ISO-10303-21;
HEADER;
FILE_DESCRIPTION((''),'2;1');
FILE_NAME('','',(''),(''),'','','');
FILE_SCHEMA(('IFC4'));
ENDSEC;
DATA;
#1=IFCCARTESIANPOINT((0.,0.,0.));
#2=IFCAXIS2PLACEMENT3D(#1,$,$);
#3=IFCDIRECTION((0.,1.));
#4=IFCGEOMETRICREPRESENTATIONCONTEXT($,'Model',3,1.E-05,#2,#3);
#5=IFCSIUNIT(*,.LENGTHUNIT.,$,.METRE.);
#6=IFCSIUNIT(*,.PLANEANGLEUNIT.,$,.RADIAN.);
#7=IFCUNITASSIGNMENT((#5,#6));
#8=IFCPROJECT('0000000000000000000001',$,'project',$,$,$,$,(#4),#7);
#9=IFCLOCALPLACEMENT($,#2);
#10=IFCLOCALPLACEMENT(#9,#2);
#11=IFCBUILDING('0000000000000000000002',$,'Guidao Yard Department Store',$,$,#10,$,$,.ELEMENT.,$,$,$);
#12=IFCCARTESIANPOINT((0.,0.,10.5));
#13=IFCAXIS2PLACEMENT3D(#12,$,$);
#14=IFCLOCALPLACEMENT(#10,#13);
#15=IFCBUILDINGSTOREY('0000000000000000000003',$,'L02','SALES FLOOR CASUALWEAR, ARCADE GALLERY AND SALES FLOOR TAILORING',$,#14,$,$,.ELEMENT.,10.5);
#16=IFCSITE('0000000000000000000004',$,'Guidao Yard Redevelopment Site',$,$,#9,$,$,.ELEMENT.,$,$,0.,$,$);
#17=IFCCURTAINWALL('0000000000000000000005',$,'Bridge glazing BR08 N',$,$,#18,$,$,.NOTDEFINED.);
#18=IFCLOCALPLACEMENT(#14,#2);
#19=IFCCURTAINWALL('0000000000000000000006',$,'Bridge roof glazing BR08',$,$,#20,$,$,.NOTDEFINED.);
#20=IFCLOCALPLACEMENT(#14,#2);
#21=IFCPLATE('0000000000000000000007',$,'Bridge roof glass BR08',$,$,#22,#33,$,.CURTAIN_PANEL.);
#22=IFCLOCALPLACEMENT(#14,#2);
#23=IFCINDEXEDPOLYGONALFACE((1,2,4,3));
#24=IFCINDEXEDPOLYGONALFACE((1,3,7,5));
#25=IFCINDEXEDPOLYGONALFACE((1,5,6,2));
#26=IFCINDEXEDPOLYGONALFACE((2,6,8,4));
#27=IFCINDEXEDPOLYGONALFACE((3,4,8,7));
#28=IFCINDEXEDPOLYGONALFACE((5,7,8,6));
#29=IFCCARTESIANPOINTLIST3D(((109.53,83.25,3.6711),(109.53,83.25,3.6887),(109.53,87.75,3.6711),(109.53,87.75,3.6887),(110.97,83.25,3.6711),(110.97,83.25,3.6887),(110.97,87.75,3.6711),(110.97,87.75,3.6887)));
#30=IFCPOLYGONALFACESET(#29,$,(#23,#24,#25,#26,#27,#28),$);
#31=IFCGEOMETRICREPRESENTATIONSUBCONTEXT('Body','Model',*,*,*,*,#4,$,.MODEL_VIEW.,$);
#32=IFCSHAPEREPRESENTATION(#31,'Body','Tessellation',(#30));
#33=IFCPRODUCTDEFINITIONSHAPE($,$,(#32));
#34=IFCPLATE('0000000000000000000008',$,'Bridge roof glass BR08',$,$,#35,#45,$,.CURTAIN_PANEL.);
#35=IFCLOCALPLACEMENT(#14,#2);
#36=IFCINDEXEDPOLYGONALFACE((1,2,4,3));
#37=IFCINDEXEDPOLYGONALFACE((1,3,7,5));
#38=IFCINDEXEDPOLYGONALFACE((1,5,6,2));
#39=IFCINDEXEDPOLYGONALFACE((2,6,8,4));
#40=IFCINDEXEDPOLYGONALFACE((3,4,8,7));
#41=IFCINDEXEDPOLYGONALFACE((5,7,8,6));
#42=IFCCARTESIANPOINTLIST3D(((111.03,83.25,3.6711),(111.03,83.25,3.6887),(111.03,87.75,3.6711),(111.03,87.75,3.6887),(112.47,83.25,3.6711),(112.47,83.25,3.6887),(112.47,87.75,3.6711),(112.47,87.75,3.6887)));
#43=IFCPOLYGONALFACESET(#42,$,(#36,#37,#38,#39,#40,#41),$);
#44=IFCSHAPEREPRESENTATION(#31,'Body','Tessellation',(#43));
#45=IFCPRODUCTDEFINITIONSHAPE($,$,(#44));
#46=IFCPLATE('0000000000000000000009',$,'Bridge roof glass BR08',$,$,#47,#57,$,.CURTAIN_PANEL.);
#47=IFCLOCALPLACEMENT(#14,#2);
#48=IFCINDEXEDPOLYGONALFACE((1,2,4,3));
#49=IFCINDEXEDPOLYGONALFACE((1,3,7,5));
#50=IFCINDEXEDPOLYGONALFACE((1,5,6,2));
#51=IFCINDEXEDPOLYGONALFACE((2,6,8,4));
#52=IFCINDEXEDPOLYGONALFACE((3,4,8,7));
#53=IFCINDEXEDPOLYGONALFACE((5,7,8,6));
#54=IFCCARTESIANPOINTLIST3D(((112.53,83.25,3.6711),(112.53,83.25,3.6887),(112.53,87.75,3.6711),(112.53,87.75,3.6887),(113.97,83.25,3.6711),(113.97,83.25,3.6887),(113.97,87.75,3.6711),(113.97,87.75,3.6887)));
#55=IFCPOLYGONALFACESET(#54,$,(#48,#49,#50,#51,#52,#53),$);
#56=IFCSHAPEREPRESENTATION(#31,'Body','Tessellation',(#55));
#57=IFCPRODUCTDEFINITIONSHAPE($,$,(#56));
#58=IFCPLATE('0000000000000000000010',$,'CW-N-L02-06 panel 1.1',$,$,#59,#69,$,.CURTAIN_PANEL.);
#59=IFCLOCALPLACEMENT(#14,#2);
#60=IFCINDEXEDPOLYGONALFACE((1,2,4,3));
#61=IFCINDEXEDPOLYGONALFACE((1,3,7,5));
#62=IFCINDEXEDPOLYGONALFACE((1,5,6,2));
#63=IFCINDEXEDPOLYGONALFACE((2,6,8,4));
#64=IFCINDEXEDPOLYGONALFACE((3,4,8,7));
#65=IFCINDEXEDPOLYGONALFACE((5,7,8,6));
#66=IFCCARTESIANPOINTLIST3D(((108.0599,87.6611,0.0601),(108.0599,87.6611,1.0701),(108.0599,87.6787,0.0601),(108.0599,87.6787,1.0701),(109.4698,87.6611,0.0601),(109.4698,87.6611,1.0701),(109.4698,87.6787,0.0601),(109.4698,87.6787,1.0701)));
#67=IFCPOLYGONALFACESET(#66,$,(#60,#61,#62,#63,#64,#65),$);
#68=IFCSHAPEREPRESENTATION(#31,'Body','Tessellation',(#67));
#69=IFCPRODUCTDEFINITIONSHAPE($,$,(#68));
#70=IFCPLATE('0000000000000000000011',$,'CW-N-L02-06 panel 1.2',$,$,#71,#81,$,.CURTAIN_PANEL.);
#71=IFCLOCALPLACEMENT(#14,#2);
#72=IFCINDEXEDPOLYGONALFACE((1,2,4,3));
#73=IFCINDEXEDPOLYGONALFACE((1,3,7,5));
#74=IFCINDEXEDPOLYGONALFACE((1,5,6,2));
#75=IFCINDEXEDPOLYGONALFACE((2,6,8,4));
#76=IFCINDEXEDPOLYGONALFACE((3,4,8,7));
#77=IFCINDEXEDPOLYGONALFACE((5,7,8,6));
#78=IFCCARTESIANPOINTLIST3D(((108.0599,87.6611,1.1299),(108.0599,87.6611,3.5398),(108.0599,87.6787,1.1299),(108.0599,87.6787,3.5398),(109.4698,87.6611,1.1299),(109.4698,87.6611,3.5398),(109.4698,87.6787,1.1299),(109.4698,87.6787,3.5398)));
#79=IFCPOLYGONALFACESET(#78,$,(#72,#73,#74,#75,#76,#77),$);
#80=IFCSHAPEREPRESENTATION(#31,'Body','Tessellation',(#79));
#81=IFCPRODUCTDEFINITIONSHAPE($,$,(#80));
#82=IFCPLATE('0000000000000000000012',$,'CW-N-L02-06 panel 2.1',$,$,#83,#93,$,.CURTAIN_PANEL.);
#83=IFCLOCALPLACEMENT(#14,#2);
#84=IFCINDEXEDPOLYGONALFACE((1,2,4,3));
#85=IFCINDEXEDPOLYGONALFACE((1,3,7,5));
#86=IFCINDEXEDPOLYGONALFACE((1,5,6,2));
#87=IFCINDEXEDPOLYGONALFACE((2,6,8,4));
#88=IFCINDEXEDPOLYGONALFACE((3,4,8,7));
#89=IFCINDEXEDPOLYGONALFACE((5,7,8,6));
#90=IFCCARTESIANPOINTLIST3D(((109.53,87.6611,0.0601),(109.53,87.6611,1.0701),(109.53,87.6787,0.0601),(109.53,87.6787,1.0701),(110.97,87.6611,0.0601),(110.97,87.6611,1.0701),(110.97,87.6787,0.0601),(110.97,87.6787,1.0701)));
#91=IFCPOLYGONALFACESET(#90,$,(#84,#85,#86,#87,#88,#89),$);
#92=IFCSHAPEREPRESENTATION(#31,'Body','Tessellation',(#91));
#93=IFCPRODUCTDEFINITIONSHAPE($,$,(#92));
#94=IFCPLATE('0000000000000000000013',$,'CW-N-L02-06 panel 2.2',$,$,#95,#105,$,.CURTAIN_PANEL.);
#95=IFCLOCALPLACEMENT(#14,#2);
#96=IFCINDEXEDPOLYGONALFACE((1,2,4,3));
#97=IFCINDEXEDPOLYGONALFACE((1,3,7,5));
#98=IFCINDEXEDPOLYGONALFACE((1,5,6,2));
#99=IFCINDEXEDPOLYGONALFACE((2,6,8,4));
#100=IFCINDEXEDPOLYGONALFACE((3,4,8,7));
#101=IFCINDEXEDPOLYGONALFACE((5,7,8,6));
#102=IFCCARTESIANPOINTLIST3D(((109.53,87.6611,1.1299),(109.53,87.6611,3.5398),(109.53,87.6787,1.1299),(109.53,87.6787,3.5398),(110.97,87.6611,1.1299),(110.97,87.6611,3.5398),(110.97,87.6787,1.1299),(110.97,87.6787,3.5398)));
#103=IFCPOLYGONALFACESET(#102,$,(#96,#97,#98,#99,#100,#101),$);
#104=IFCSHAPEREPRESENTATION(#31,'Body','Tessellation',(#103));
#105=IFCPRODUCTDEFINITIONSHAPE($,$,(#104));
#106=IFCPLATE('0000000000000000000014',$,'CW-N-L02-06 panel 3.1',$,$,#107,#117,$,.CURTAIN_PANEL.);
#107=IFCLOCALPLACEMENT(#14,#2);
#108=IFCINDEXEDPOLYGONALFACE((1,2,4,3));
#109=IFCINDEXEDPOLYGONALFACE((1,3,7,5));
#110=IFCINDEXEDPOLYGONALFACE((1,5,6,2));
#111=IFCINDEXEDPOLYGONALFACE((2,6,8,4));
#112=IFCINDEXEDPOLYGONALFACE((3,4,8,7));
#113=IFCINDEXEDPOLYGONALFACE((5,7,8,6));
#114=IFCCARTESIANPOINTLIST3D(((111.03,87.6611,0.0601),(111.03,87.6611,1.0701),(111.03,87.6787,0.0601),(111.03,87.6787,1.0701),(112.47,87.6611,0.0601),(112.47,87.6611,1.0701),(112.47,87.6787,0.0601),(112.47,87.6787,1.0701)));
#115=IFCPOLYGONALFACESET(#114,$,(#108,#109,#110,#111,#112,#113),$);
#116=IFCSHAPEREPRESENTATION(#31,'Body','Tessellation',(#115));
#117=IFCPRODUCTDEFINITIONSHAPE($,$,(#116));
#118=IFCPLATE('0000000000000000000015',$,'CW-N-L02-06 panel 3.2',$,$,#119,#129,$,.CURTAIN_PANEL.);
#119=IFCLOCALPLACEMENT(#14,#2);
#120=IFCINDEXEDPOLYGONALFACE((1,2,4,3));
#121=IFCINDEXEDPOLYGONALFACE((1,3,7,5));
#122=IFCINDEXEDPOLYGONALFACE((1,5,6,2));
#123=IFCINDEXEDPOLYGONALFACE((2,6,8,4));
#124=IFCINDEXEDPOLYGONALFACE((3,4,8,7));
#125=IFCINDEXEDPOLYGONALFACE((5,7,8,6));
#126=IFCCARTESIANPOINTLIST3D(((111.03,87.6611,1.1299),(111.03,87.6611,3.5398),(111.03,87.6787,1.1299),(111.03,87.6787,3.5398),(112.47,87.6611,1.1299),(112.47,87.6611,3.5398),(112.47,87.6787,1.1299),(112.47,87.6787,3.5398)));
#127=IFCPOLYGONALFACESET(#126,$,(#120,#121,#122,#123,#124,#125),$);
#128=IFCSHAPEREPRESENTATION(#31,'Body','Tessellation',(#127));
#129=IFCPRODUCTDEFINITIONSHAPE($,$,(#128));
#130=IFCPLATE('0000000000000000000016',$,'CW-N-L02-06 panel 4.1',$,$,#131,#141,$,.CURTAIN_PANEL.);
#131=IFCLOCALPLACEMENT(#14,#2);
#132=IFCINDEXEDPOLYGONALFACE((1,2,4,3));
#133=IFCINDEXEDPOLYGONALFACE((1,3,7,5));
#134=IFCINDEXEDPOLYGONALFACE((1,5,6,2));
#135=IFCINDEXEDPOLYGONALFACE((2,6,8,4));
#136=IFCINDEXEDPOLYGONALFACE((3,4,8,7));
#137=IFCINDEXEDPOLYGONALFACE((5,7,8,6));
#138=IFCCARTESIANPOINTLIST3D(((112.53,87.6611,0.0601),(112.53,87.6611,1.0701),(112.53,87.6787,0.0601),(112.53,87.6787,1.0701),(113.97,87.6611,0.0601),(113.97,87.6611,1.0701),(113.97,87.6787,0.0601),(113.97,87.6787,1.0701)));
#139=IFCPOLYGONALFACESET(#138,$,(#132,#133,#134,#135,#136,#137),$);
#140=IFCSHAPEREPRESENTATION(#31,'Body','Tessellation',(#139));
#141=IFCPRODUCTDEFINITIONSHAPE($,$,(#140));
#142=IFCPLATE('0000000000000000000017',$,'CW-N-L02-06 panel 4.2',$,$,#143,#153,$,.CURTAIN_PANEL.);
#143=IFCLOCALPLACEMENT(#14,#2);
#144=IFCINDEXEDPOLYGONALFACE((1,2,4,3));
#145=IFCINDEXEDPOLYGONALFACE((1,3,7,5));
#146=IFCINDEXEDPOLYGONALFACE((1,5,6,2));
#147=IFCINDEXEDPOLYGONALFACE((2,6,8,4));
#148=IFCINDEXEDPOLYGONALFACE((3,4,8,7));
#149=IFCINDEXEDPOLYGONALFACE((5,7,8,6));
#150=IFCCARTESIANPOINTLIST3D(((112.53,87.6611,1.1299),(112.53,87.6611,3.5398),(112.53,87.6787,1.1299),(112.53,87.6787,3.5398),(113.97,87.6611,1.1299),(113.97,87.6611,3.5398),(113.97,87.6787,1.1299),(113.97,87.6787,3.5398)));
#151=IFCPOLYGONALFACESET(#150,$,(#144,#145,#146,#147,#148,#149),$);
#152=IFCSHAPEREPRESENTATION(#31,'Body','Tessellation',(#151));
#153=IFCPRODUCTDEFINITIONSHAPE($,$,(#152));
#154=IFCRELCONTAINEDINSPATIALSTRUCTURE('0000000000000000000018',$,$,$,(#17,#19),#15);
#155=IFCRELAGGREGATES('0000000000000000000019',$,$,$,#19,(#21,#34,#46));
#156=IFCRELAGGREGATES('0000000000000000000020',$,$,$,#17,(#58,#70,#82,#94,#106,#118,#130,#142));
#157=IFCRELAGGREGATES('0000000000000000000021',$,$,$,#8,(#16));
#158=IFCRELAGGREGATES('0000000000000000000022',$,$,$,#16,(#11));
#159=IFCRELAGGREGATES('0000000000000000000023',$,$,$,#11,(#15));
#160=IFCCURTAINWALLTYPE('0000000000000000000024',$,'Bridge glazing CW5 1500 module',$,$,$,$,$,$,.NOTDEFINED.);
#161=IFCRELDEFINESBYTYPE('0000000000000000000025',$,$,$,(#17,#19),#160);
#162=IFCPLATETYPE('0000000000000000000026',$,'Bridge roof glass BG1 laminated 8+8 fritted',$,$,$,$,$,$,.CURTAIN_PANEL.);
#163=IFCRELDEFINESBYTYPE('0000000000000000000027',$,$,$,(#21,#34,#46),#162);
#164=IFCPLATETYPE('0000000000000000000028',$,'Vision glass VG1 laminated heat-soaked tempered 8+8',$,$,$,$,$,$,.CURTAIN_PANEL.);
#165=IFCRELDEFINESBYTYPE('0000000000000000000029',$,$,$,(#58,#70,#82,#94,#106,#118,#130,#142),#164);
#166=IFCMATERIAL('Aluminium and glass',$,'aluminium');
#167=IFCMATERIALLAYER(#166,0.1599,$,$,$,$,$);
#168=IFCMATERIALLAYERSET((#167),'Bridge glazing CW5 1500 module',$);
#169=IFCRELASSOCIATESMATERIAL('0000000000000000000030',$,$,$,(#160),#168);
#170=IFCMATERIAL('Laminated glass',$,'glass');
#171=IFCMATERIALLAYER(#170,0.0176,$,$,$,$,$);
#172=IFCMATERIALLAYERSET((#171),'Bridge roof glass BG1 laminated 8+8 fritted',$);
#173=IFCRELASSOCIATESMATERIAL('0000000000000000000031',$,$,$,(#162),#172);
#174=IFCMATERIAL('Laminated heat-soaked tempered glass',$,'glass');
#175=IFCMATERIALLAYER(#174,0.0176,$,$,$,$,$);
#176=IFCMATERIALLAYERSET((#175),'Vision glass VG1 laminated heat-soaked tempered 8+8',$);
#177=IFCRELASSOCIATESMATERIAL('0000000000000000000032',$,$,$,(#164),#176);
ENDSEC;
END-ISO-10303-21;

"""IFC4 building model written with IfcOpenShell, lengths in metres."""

from ifc_helpers import new_model, si_unit, direction, frame, origin, origin_2d, place, context, subcontext, project, spatial, rectangle, extrude, material, layer, layer_set, type_object, element, aggregate, save


model = new_model("IFC4")

# Units and contexts
model_context = context("Model", 3, precision=1e-05, world=origin(), true_north=direction((0.0, 1.0)))
body_context = subcontext(model_context, "Body", "Model", "MODEL_VIEW")
ifc_project = project(units=[si_unit("LENGTHUNIT", "METRE"), si_unit("PLANEANGLEUNIT", "RADIAN")], contexts=[model_context])

# Site, building, storey
site_placement = place(None, origin())
site = spatial("IfcSite", under=ifc_project, at=site_placement, Name="Guidao Yard Redevelopment Site", CompositionType="ELEMENT", RefElevation=0.0)
building_placement = place(site_placement, origin())
building = spatial("IfcBuilding", under=site, at=building_placement, Name="Guidao Yard Department Store", CompositionType="ELEMENT")
storey_placement = place(building_placement, frame((0.0, 0.0, 10.5)))
storey = spatial("IfcBuildingStorey", under=building, at=storey_placement, Name="L02", Description="SALES FLOOR CASUALWEAR, ARCADE GALLERY AND SALES FLOOR TAILORING", CompositionType="ELEMENT", Elevation=10.5)

# Curtain wall
ifc_material_1 = material(Name="Aluminium and glass", Category="aluminium")
ifc_layer_1 = layer(ifc_material_1, 0.1599)
ifc_layer_set_1 = layer_set([ifc_layer_1], Name="Bridge glazing CW5 1500 module")
curtain_wall_type = type_object("IfcCurtainWallType", Name="Bridge glazing CW5 1500 module", PredefinedType="NOTDEFINED", material=ifc_layer_set_1)
curtain_wall_1_placement = place(storey_placement, origin())
curtain_wall_1 = element("IfcCurtainWall", 1, at=curtain_wall_1_placement, inside=storey, type_object=curtain_wall_type, Name="Bridge glazing BR08 N", PredefinedType="NOTDEFINED")

# Curtain wall, plates
curtain_wall_2_placement = place(storey_placement, origin())
curtain_wall_2 = element("IfcCurtainWall", 2, at=curtain_wall_2_placement, inside=storey, type_object=curtain_wall_type, Name="Bridge roof glazing BR08", PredefinedType="NOTDEFINED")
ifc_material_2 = material(Name="Laminated glass", Category="glass")
ifc_layer_2 = layer(ifc_material_2, 0.0176)
ifc_layer_set_2 = layer_set([ifc_layer_2], Name="Bridge roof glass BG1 laminated 8+8 fritted")
plate_type_1 = type_object("IfcPlateType", Name="Bridge roof glass BG1 laminated 8+8 fritted", PredefinedType="CURTAIN_PANEL", material=ifc_layer_set_2)
plate_1_placement = place(storey_placement, frame((110.25, 85.5, 3.6711), z_axis=(0.0, 0.0, 1.0), x_axis=(1.0, 0.0, 0.0)))
plate_1 = element("IfcPlate", 3, at=plate_1_placement, type_object=plate_type_1, Name="Bridge roof glass BR08", PredefinedType="CURTAIN_PANEL", context=body_context, shape_type="SweptSolid", body=[
    extrude(rectangle(XDim=1.4399, YDim=4.5, at=origin_2d()), origin(), (0.0, 0.0, 1.0), 0.0176),
])
plate_2_placement = place(storey_placement, frame((111.75, 85.5, 3.6711), z_axis=(0.0, 0.0, 1.0), x_axis=(1.0, 0.0, 0.0)))
plate_2 = element("IfcPlate", 4, at=plate_2_placement, type_object=plate_type_1, Name="Bridge roof glass BR08", PredefinedType="CURTAIN_PANEL", context=body_context, shape_type="SweptSolid", body=[
    extrude(rectangle(XDim=1.4399, YDim=4.5, at=origin_2d()), origin(), (0.0, 0.0, 1.0), 0.0176),
])
plate_3_placement = place(storey_placement, frame((113.25, 85.5, 3.6711), z_axis=(0.0, 0.0, 1.0), x_axis=(1.0, 0.0, 0.0)))
plate_3 = element("IfcPlate", 5, at=plate_3_placement, type_object=plate_type_1, Name="Bridge roof glass BR08", PredefinedType="CURTAIN_PANEL", context=body_context, shape_type="SweptSolid", body=[
    extrude(rectangle(XDim=1.4399, YDim=4.5, at=origin_2d()), origin(), (0.0, 0.0, 1.0), 0.0176),
])
aggregate(curtain_wall_2, [plate_1, plate_2, plate_3])

# Plates
ifc_material_3 = material(Name="Laminated heat-soaked tempered glass", Category="glass")
ifc_layer_3 = layer(ifc_material_3, 0.0176)
ifc_layer_set_3 = layer_set([ifc_layer_3], Name="Vision glass VG1 laminated heat-soaked tempered 8+8")
plate_type_2 = type_object("IfcPlateType", Name="Vision glass VG1 laminated heat-soaked tempered 8+8", PredefinedType="CURTAIN_PANEL", material=ifc_layer_set_3)
plate_4_placement = place(storey_placement, frame((108.7649, 87.6699, 0.0601), z_axis=(0.0, 0.0, 1.0), x_axis=(1.0, 0.0, 0.0)))
plate_4 = element("IfcPlate", 6, at=plate_4_placement, type_object=plate_type_2, Name="CW-N-L02-06 panel 1.1", PredefinedType="CURTAIN_PANEL", context=body_context, shape_type="SweptSolid", body=[
    extrude(rectangle(XDim=1.4099, YDim=0.0176, at=origin_2d()), origin(), (0.0, 0.0, 1.0), 1.01),
])
plate_5_placement = place(storey_placement, frame((108.7649, 87.6699, 1.1299), z_axis=(0.0, 0.0, 1.0), x_axis=(1.0, 0.0, 0.0)))
plate_5 = element("IfcPlate", 7, at=plate_5_placement, type_object=plate_type_2, Name="CW-N-L02-06 panel 1.2", PredefinedType="CURTAIN_PANEL", context=body_context, shape_type="SweptSolid", body=[
    extrude(rectangle(XDim=1.4099, YDim=0.0176, at=origin_2d()), origin(), (0.0, 0.0, 1.0), 2.4099),
])
plate_6_placement = place(storey_placement, frame((110.25, 87.6699, 0.0601), z_axis=(0.0, 0.0, 1.0), x_axis=(1.0, 0.0, 0.0)))
plate_6 = element("IfcPlate", 8, at=plate_6_placement, type_object=plate_type_2, Name="CW-N-L02-06 panel 2.1", PredefinedType="CURTAIN_PANEL", context=body_context, shape_type="SweptSolid", body=[
    extrude(rectangle(XDim=1.4399, YDim=0.0176, at=origin_2d()), origin(), (0.0, 0.0, 1.0), 1.01),
])
plate_7_placement = place(storey_placement, frame((110.25, 87.6699, 1.1299), z_axis=(0.0, 0.0, 1.0), x_axis=(1.0, 0.0, 0.0)))
plate_7 = element("IfcPlate", 9, at=plate_7_placement, type_object=plate_type_2, Name="CW-N-L02-06 panel 2.2", PredefinedType="CURTAIN_PANEL", context=body_context, shape_type="SweptSolid", body=[
    extrude(rectangle(XDim=1.4399, YDim=0.0176, at=origin_2d()), origin(), (0.0, 0.0, 1.0), 2.4099),
])
plate_8_placement = place(storey_placement, frame((111.75, 87.6699, 0.0601), z_axis=(0.0, 0.0, 1.0), x_axis=(1.0, 0.0, 0.0)))
plate_8 = element("IfcPlate", 10, at=plate_8_placement, type_object=plate_type_2, Name="CW-N-L02-06 panel 3.1", PredefinedType="CURTAIN_PANEL", context=body_context, shape_type="SweptSolid", body=[
    extrude(rectangle(XDim=1.4399, YDim=0.0176, at=origin_2d()), origin(), (0.0, 0.0, 1.0), 1.01),
])
plate_9_placement = place(storey_placement, frame((111.75, 87.6699, 1.1299), z_axis=(0.0, 0.0, 1.0), x_axis=(1.0, 0.0, 0.0)))
plate_9 = element("IfcPlate", 11, at=plate_9_placement, type_object=plate_type_2, Name="CW-N-L02-06 panel 3.2", PredefinedType="CURTAIN_PANEL", context=body_context, shape_type="SweptSolid", body=[
    extrude(rectangle(XDim=1.4399, YDim=0.0176, at=origin_2d()), origin(), (0.0, 0.0, 1.0), 2.4099),
])
plate_10_placement = place(storey_placement, frame((113.25, 87.6699, 0.0601), z_axis=(0.0, 0.0, 1.0), x_axis=(1.0, 0.0, 0.0)))
plate_10 = element("IfcPlate", 12, at=plate_10_placement, type_object=plate_type_2, Name="CW-N-L02-06 panel 4.1", PredefinedType="CURTAIN_PANEL", context=body_context, shape_type="SweptSolid", body=[
    extrude(rectangle(XDim=1.4399, YDim=0.0176, at=origin_2d()), origin(), (0.0, 0.0, 1.0), 1.01),
])
plate_11_placement = place(storey_placement, frame((113.25, 87.6699, 1.1299), z_axis=(0.0, 0.0, 1.0), x_axis=(1.0, 0.0, 0.0)))
plate_11 = element("IfcPlate", 13, at=plate_11_placement, type_object=plate_type_2, Name="CW-N-L02-06 panel 4.2", PredefinedType="CURTAIN_PANEL", context=body_context, shape_type="SweptSolid", body=[
    extrude(rectangle(XDim=1.4399, YDim=0.0176, at=origin_2d()), origin(), (0.0, 0.0, 1.0), 2.4099),
])
aggregate(curtain_wall_1, [plate_4, plate_5, plate_6, plate_7, plate_8, plate_9, plate_10, plate_11])

save(model, "model.ifc")
